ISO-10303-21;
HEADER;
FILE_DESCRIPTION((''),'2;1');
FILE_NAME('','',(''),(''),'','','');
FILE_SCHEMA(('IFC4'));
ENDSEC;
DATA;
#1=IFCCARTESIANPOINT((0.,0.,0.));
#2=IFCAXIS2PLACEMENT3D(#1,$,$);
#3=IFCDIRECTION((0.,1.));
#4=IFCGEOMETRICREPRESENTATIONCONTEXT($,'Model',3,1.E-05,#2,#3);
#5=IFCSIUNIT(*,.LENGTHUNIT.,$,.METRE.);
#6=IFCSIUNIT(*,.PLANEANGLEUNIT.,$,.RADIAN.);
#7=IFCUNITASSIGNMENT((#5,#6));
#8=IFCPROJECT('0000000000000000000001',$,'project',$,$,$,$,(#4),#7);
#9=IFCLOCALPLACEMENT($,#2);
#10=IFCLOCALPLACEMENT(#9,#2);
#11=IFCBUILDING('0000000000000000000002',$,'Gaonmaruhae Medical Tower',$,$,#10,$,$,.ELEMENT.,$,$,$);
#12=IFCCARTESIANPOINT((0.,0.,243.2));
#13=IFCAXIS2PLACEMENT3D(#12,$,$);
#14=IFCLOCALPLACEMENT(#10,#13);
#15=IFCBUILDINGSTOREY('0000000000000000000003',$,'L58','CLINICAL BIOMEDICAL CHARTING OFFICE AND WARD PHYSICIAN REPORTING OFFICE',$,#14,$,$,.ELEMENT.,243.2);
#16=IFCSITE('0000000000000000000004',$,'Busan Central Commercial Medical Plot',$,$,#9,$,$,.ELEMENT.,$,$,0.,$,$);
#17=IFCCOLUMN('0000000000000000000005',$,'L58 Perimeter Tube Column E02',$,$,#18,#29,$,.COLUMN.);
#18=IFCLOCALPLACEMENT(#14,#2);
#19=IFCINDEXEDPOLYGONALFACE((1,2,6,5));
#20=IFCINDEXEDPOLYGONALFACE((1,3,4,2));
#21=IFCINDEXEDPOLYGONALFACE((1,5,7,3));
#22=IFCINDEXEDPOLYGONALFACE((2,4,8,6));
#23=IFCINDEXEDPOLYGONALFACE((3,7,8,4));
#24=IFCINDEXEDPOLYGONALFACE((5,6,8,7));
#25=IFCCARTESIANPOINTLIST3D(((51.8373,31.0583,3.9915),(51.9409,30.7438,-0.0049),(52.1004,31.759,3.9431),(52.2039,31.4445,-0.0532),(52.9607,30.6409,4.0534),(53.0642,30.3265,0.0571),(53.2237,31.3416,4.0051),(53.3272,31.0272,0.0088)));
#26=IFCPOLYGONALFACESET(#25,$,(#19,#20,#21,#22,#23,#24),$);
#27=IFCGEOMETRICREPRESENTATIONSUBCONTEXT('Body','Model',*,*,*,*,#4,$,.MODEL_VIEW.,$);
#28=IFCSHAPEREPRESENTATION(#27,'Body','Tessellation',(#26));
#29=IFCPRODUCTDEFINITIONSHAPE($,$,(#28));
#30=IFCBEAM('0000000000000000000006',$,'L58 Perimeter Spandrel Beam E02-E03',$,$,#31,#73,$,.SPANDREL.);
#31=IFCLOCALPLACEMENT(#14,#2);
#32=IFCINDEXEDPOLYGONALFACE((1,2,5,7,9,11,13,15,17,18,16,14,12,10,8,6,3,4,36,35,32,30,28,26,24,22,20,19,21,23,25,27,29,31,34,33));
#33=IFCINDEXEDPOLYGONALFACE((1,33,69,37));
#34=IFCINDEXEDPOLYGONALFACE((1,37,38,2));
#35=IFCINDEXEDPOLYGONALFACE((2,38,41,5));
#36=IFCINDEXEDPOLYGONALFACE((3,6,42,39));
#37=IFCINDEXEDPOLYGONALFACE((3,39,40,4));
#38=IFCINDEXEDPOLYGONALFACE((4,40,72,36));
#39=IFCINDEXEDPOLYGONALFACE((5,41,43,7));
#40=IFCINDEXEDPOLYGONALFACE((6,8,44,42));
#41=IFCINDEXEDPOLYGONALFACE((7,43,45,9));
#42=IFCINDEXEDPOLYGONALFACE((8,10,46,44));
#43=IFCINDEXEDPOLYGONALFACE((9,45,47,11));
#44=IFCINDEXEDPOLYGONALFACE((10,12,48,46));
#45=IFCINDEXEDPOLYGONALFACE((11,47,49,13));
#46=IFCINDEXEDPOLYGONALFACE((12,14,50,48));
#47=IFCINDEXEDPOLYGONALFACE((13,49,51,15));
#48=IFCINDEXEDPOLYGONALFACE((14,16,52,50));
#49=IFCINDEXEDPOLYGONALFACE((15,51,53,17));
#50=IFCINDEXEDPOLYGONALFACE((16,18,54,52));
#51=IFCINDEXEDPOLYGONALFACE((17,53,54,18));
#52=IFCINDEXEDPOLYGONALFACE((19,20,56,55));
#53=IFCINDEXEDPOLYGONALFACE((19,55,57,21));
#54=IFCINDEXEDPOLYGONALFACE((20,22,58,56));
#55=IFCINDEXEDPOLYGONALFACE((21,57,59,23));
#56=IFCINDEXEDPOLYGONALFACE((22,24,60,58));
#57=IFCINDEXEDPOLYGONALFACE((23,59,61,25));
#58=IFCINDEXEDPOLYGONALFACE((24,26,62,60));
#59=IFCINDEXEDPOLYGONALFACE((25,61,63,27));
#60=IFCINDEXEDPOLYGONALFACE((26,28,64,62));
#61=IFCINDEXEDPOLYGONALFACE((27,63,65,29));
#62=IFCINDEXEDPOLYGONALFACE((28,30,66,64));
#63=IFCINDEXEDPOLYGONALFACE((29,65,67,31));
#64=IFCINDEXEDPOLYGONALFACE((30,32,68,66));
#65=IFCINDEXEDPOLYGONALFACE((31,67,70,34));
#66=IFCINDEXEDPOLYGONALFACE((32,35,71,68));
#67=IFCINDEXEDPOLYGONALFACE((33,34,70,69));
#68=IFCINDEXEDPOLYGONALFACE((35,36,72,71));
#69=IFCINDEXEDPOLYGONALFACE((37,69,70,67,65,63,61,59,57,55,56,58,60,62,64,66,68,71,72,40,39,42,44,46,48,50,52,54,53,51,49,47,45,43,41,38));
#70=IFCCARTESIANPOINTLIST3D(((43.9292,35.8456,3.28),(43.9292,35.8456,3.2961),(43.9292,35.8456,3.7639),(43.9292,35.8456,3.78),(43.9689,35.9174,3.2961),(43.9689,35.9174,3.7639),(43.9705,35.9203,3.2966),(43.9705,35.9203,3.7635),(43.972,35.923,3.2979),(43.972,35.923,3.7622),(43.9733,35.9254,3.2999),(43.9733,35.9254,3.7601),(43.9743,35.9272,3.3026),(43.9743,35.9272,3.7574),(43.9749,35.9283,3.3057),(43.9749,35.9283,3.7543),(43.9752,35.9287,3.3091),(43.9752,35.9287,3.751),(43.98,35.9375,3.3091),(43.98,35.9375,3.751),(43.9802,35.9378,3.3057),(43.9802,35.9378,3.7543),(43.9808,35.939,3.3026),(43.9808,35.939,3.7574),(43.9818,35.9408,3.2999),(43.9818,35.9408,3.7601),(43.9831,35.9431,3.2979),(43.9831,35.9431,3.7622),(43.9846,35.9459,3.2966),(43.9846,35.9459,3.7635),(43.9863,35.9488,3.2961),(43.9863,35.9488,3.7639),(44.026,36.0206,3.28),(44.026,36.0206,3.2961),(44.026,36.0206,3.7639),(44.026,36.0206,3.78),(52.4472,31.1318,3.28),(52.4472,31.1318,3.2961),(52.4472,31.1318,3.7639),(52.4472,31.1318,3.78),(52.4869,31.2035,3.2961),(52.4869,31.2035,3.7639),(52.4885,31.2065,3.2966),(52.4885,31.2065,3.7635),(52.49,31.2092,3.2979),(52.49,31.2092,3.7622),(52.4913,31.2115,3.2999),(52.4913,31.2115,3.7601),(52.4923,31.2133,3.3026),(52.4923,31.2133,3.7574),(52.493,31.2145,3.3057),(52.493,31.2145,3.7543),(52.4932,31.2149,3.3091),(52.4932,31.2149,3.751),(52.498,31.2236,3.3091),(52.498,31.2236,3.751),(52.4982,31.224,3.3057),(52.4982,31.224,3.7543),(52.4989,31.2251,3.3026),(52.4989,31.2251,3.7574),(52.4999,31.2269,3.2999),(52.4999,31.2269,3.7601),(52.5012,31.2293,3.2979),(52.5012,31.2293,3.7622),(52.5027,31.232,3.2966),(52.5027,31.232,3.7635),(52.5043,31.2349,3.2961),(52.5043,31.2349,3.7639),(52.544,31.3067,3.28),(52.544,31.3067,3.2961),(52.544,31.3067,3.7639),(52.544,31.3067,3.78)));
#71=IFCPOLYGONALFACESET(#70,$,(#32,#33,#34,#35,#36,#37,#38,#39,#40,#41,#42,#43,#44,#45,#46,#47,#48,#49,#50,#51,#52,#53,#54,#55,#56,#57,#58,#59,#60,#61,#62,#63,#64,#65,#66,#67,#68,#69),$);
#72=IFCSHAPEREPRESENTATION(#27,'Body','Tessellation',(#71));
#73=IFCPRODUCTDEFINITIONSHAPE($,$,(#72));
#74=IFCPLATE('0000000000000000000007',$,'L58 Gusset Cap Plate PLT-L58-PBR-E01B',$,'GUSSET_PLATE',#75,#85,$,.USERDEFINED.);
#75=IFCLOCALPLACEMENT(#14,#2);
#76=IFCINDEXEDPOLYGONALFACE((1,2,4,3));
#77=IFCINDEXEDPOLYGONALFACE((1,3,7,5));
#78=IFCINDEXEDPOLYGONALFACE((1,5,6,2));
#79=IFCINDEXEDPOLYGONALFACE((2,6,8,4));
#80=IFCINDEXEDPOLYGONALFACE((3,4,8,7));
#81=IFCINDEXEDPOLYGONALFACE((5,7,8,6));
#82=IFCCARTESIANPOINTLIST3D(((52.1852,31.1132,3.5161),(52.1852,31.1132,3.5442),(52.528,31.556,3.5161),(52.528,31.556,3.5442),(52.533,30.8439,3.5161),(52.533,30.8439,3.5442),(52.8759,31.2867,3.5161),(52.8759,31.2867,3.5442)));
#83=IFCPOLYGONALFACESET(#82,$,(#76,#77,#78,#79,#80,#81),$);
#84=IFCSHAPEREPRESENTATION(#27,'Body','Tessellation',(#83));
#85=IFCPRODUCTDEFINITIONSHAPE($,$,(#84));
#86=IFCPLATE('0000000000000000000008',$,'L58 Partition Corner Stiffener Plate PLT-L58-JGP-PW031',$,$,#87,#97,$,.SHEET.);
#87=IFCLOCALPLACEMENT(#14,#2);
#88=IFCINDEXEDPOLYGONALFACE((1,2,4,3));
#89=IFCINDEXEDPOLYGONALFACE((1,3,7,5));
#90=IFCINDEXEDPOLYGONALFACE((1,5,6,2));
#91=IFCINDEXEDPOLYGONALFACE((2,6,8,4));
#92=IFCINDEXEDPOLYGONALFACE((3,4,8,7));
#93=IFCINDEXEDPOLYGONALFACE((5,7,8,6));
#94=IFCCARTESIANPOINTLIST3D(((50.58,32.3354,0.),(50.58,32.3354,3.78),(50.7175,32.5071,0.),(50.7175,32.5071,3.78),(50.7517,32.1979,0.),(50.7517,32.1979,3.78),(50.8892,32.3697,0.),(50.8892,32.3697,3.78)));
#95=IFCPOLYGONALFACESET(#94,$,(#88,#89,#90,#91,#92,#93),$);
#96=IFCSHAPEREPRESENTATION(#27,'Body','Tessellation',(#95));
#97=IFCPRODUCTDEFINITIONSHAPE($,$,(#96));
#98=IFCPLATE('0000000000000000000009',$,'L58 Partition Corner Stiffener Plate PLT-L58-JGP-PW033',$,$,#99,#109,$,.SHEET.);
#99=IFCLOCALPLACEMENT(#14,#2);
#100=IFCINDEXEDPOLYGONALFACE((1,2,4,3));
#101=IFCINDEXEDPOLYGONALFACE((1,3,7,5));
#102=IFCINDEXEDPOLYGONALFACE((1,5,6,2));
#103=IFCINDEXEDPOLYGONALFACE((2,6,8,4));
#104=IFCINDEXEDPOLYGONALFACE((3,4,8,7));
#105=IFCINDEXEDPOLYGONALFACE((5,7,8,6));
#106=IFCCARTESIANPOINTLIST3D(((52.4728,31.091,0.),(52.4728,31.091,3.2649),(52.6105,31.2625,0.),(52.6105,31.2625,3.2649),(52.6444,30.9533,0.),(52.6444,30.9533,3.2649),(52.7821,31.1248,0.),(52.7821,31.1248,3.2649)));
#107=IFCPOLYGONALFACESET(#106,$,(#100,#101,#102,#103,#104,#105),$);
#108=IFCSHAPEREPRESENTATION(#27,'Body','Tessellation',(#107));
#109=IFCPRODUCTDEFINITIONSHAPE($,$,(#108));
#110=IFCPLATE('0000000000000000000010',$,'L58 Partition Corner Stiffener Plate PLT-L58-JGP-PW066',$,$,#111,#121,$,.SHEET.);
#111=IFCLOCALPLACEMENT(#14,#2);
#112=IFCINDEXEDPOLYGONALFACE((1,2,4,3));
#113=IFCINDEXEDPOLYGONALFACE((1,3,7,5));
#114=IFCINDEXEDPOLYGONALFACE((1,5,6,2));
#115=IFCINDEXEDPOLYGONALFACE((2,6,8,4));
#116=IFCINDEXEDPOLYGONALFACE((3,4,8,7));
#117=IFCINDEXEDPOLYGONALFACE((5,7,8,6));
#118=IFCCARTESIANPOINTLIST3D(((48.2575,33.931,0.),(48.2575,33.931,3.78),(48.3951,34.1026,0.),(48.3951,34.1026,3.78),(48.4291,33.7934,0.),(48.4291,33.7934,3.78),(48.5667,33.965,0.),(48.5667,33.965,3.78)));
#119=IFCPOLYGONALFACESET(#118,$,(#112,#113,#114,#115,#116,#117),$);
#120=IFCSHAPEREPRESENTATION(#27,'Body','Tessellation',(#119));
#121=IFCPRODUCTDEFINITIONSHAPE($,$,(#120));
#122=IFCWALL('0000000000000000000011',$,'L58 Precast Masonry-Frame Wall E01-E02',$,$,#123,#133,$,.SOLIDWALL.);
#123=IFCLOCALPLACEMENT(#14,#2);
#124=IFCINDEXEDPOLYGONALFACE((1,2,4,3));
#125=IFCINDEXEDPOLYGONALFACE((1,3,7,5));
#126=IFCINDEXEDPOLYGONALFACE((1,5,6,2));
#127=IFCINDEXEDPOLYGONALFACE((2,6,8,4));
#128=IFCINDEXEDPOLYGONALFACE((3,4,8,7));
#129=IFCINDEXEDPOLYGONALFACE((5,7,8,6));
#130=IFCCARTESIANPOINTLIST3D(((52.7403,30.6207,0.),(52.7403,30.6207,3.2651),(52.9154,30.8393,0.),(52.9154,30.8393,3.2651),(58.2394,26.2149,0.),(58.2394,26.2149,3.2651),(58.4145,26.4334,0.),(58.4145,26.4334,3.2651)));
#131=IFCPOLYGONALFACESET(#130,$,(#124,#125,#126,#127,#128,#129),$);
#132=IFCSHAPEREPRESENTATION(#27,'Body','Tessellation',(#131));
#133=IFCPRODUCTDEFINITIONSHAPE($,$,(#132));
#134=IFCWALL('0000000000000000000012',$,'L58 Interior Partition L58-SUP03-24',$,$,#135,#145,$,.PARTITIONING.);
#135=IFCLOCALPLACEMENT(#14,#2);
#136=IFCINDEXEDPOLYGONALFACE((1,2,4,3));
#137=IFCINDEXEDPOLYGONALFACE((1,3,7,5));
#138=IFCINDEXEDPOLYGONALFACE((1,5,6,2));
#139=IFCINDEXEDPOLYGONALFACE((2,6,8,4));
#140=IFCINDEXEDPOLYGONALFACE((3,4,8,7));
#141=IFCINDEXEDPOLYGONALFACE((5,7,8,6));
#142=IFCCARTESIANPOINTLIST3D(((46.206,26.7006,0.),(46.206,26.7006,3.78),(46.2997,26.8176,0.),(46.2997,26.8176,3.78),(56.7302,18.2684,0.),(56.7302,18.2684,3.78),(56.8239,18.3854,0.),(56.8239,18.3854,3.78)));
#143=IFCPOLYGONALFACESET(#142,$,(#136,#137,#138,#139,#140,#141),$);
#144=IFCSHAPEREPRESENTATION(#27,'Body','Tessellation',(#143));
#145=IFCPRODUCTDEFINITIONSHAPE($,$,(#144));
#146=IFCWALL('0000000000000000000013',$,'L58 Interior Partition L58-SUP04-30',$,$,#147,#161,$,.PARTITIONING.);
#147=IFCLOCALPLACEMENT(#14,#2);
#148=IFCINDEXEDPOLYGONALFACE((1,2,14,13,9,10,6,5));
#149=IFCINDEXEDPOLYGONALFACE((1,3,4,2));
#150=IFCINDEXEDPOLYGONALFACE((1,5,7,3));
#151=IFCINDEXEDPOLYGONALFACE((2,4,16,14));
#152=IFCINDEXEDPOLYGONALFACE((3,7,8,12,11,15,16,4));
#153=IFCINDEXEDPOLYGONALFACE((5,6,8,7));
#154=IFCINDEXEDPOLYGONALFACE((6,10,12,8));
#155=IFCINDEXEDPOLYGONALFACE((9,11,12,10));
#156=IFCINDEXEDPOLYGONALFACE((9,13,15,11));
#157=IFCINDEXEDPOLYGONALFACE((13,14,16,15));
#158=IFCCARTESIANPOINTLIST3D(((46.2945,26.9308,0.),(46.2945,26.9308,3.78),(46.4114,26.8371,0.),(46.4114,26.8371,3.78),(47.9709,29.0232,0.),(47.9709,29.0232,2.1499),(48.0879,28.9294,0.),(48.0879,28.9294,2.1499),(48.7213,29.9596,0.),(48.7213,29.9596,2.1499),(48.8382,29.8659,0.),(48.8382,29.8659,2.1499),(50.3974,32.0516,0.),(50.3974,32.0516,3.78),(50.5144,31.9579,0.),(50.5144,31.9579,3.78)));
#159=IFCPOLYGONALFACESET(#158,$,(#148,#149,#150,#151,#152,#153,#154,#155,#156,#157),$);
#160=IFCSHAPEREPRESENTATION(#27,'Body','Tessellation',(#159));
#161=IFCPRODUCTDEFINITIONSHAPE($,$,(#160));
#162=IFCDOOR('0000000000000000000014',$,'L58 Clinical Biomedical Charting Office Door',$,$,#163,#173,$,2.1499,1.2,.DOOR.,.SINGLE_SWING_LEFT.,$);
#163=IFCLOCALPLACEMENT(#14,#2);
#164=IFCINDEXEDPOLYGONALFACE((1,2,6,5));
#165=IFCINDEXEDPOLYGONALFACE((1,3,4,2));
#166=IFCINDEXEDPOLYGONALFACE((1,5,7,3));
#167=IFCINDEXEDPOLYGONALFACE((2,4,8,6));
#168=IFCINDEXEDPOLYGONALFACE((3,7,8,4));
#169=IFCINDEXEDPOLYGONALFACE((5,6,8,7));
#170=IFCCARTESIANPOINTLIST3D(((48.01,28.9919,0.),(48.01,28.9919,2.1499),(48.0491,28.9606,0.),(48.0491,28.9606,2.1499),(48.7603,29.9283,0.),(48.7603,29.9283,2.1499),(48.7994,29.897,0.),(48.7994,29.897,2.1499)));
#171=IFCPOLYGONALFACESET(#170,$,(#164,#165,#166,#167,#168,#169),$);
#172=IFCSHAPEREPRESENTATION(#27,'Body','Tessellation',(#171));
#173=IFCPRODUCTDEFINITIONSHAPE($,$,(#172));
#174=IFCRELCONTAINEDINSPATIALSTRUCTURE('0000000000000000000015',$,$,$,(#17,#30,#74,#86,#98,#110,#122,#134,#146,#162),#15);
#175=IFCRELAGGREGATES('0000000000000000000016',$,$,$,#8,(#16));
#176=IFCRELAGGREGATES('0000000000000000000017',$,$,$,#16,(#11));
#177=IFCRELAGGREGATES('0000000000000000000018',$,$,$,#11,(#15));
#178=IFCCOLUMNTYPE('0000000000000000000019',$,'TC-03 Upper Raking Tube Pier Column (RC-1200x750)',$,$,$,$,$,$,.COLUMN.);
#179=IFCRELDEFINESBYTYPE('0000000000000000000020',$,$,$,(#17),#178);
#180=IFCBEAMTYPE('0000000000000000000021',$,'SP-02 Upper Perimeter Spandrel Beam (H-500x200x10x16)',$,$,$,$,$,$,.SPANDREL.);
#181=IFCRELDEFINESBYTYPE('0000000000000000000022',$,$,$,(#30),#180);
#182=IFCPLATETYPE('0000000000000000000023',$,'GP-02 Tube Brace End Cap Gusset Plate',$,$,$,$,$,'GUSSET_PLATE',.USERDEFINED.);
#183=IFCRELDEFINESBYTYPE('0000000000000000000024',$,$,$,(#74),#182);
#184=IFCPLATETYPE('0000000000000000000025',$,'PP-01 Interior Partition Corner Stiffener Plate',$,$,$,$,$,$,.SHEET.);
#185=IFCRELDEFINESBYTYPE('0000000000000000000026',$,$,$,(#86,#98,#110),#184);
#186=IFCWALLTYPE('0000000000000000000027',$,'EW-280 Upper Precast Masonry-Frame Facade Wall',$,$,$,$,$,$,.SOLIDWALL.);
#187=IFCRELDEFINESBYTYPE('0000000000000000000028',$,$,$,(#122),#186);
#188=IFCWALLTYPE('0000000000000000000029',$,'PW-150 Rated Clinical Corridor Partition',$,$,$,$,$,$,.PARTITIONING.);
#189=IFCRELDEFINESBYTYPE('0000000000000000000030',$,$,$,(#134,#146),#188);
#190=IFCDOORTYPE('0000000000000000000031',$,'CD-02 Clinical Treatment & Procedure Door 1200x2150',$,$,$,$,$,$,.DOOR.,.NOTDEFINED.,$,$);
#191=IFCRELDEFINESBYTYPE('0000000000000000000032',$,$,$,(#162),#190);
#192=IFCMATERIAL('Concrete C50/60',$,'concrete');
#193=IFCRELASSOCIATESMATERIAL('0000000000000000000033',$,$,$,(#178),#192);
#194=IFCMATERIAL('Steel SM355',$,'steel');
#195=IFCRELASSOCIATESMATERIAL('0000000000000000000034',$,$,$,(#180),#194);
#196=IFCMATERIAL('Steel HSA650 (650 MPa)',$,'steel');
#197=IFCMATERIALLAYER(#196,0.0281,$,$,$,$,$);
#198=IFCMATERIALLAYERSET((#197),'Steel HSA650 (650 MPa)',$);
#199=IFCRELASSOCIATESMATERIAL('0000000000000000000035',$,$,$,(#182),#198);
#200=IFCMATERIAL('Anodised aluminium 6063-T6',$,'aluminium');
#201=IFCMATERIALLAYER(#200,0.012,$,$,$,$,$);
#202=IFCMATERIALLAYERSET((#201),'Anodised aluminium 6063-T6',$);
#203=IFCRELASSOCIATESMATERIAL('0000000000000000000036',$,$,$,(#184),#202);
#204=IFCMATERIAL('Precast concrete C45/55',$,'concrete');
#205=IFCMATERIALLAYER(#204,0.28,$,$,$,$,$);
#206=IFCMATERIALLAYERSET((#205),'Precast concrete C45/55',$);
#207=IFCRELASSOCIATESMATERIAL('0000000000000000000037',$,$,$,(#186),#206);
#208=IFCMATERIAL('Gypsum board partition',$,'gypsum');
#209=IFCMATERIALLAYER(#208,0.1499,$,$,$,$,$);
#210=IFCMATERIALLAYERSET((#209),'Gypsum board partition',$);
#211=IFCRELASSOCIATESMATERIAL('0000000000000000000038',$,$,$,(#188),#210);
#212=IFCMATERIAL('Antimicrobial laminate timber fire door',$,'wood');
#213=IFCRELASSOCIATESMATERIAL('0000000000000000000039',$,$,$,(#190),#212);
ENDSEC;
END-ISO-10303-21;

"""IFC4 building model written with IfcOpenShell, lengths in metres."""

from ifc_helpers import new_model, si_unit, direction, frame, frame_2d, origin, origin_2d, place, context, subcontext, project, spatial, rectangle, i_section, extrude, material, layer, layer_set, material_profile, profile_set, type_object, element, fill, save


model = new_model("IFC4")

# Units and contexts
model_context = context("Model", 3, precision=1e-05, world=origin(), true_north=direction((0.0, 1.0)))
body_context = subcontext(model_context, "Body", "Model", "MODEL_VIEW")
ifc_project = project(units=[si_unit("LENGTHUNIT", "METRE"), si_unit("PLANEANGLEUNIT", "RADIAN")], contexts=[model_context])

# Site, building, storey
site_placement = place(None, origin())
site = spatial("IfcSite", under=ifc_project, at=site_placement, Name="Busan Central Commercial Medical Plot", CompositionType="ELEMENT", RefElevation=0.0)
building_placement = place(site_placement, origin())
building = spatial("IfcBuilding", under=site, at=building_placement, Name="Gaonmaruhae Medical Tower", CompositionType="ELEMENT")
storey_placement = place(building_placement, frame((0.0, 0.0, 243.2)))
storey = spatial("IfcBuildingStorey", under=building, at=storey_placement, Name="L58", Description="CLINICAL BIOMEDICAL CHARTING OFFICE AND WARD PHYSICIAN REPORTING OFFICE", CompositionType="ELEMENT", Elevation=243.2)

# Column
ifc_material_1 = material(Name="Concrete C50/60", Category="concrete")
ifc_material_profile_1 = material_profile(ifc_material_1, rectangle(XDim=1.2, YDim=0.75, at=origin_2d()), Name="RC-1200x750")
ifc_profile_set_1 = profile_set([ifc_material_profile_1], Name="Concrete C50/60")
column_type = type_object("IfcColumnType", Name="TC-03 Upper Raking Tube Pier Column (RC-1200x750)", PredefinedType="COLUMN", material=ifc_profile_set_1)
column_placement = place(storey_placement, frame((52.634, 30.8855, 0.002), z_axis=(-0.025814, 0.078417, 0.996586), x_axis=(0.936134, -0.347834, 0.051618)))
element("IfcColumn", 1, at=column_placement, inside=storey, type_object=column_type, Name="L58 Perimeter Tube Column E02", PredefinedType="COLUMN", context=body_context, shape_type="SweptSolid", body=[
    extrude(rectangle(XDim=1.2, YDim=0.75, at=origin_2d()), origin(), (0.0, 0.0, 1.0), 4.01),
])

# Beam
ifc_material_2 = material(Name="Steel SM355", Category="steel")
ifc_material_profile_2 = material_profile(ifc_material_2, i_section(OverallWidth=0.2, OverallDepth=0.5, WebThickness=0.01, FlangeThickness=0.0161, FilletRadius=0.0129, at=origin_2d()), Name="H-500x200x10x16")
ifc_profile_set_2 = profile_set([ifc_material_profile_2], Name="Steel SM355")
beam_type = type_object("IfcBeamType", Name="SP-02 Upper Perimeter Spandrel Beam (H-500x200x10x16)", PredefinedType="SPANDREL", material=ifc_profile_set_2)
beam_placement = place(storey_placement, frame((52.4956, 31.2192, 3.53), z_axis=(-0.874958, 0.484199, 0.0), x_axis=(-0.484199, -0.874958, 0.0)))
element("IfcBeam", 2, at=beam_placement, inside=storey, type_object=beam_type, Name="L58 Perimeter Spandrel Beam E02-E03", PredefinedType="SPANDREL", context=body_context, shape_type="SweptSolid", body=[
    extrude(i_section(OverallWidth=0.2, OverallDepth=0.5, WebThickness=0.01, FlangeThickness=0.0161, FilletRadius=0.0129, at=origin_2d()), origin(), (0.0, 0.0, 1.0), 9.7354),
])

# Plates
ifc_material_3 = material(Name="Steel HSA650 (650 MPa)", Category="steel")
ifc_layer_1 = layer(ifc_material_3, 0.0281)
ifc_layer_set_1 = layer_set([ifc_layer_1], Name="Steel HSA650 (650 MPa)")
plate_type_1 = type_object("IfcPlateType", Name="GP-02 Tube Brace End Cap Gusset Plate", ElementType="GUSSET_PLATE", PredefinedType="USERDEFINED", material=ifc_layer_set_1)
plate_1_placement = place(storey_placement, frame((52.5305, 31.2, 3.5161), z_axis=(0.0, 0.0, 1.0), x_axis=(0.612217, 0.79069, 0.0)))
element("IfcPlate", 3, at=plate_1_placement, inside=storey, type_object=plate_type_1, Name="L58 Gusset Cap Plate PLT-L58-PBR-E01B", ObjectType="GUSSET_PLATE", PredefinedType="USERDEFINED", context=body_context, shape_type="SweptSolid", body=[
    extrude(rectangle(XDim=0.5601, YDim=0.4399, at=origin_2d()), origin(), (0.0, 0.0, 1.0), 0.0281),
])
ifc_material_4 = material(Name="Anodised aluminium 6063-T6", Category="aluminium")
ifc_layer_2 = layer(ifc_material_4, 0.012)
ifc_layer_set_2 = layer_set([ifc_layer_2], Name="Anodised aluminium 6063-T6")
plate_type_2 = type_object("IfcPlateType", Name="PP-01 Interior Partition Corner Stiffener Plate", PredefinedType="SHEET", material=ifc_layer_set_2)
plate_2_placement = place(storey_placement, frame((50.7346, 32.3525, 0.0), z_axis=(0.0, 0.0, 1.0), x_axis=(0.624984, 0.780638, 0.0)))
element("IfcPlate", 4, at=plate_2_placement, inside=storey, type_object=plate_type_2, Name="L58 Partition Corner Stiffener Plate PLT-L58-JGP-PW031", PredefinedType="SHEET", context=body_context, shape_type="SweptSolid", body=[
    extrude(rectangle(XDim=0.22, YDim=0.22, at=origin_2d()), origin(), (0.0, 0.0, 1.0), 3.78),
])
plate_3_placement = place(storey_placement, frame((52.6274, 31.1079, 0.0), z_axis=(0.0, 0.0, 1.0), x_axis=(0.779874, -0.625937, 0.0)))
element("IfcPlate", 5, at=plate_3_placement, inside=storey, type_object=plate_type_2, Name="L58 Partition Corner Stiffener Plate PLT-L58-JGP-PW033", PredefinedType="SHEET", context=body_context, shape_type="SweptSolid", body=[
    extrude(rectangle(XDim=0.22, YDim=0.22, at=origin_2d()), origin(), (0.0, 0.0, 1.0), 3.2649),
])
plate_4_placement = place(storey_placement, frame((48.4121, 33.948, 0.0), z_axis=(0.0, 0.0, 1.0), x_axis=(-0.625529, -0.780201, 0.0)))
element("IfcPlate", 6, at=plate_4_placement, inside=storey, type_object=plate_type_2, Name="L58 Partition Corner Stiffener Plate PLT-L58-JGP-PW066", PredefinedType="SHEET", context=body_context, shape_type="SweptSolid", body=[
    extrude(rectangle(XDim=0.22, YDim=0.22, at=origin_2d()), origin(), (0.0, 0.0, 1.0), 3.78),
])

# Walls
ifc_material_5 = material(Name="Precast concrete C45/55", Category="concrete")
ifc_layer_3 = layer(ifc_material_5, 0.28)
ifc_layer_set_3 = layer_set([ifc_layer_3], Name="Precast concrete C45/55")
wall_type_1 = type_object("IfcWallType", Name="EW-280 Upper Precast Masonry-Frame Facade Wall", PredefinedType="SOLIDWALL", material=ifc_layer_set_3)
wall_1_placement = place(storey_placement, frame((52.8279, 30.73, 0.0), z_axis=(0.0, 0.0, 1.0), x_axis=(0.780416, -0.625261, 0.0)))
element("IfcWall", 7, at=wall_1_placement, inside=storey, type_object=wall_type_1, Name="L58 Precast Masonry-Frame Wall E01-E02", PredefinedType="SOLIDWALL", context=body_context, shape_type="SweptSolid", body=[
    extrude(rectangle(XDim=7.0464, YDim=0.28, at=frame_2d((3.5232, 0.0))), origin(), (0.0, 0.0, 1.0), 3.2651),
])
ifc_material_6 = material(Name="Gypsum board partition", Category="gypsum")
ifc_layer_4 = layer(ifc_material_6, 0.1499)
ifc_layer_set_4 = layer_set([ifc_layer_4], Name="Gypsum board partition")
wall_type_2 = type_object("IfcWallType", Name="PW-150 Rated Clinical Corridor Partition", PredefinedType="PARTITIONING", material=ifc_layer_set_4)
wall_2_placement = place(storey_placement, frame((46.2529, 26.759, 0.0), z_axis=(0.0, 0.0, 1.0), x_axis=(0.780406, -0.625273, 0.0)))
element("IfcWall", 8, at=wall_2_placement, inside=storey, type_object=wall_type_2, Name="L58 Interior Partition L58-SUP03-24", PredefinedType="PARTITIONING", context=body_context, shape_type="SweptSolid", body=[
    extrude(rectangle(XDim=13.4856, YDim=0.1499, at=frame_2d((6.7427, 0.0))), origin(), (0.0, 0.0, 1.0), 3.78),
])

# Wall, opening, door
wall_3_placement = place(storey_placement, frame((46.353, 26.884, 0.0), z_axis=(0.0, 0.0, 1.0), x_axis=(0.625285, 0.780397, 0.0)))
wall_3 = element("IfcWall", 9, at=wall_3_placement, inside=storey, type_object=wall_type_2, Name="L58 Interior Partition L58-SUP04-30", PredefinedType="PARTITIONING", context=body_context, shape_type="SweptSolid", body=[
    extrude(rectangle(XDim=6.5618, YDim=0.1499, at=frame_2d((3.2808, 0.0))), origin(), (0.0, 0.0, 1.0), 3.78),
])
opening_1_placement = place(wall_3_placement, frame((2.6809, 0.0, 0.0)))
opening_1 = element("IfcOpeningElement", 10, at=opening_1_placement, cuts=wall_3, PredefinedType="OPENING", context=body_context, shape_type="SweptSolid", body=[
    extrude(rectangle(XDim=1.2, YDim=2.1499, at=frame_2d((0.6001, 1.075))), frame((0.0, 0.085, 0.0), z_axis=(0.0, -1.0, 0.0), x_axis=(1.0, 0.0, 0.0)), (0.0, 0.0, 1.0), 0.1699),
])
ifc_material_7 = material(Name="Antimicrobial laminate timber fire door", Category="wood")
door_type = type_object("IfcDoorType", Name="CD-02 Clinical Treatment & Procedure Door 1200x2150", OperationType="NOTDEFINED", PredefinedType="DOOR", material=ifc_material_7)
door_1_placement = place(opening_1_placement, origin())
door_1 = element("IfcDoor", 11, at=door_1_placement, inside=storey, type_object=door_type, Name="L58 Clinical Biomedical Charting Office Door", OperationType="SINGLE_SWING_LEFT", OverallHeight=2.1499, OverallWidth=1.2, PredefinedType="DOOR", context=body_context, shape_type="SweptSolid", body=[
    extrude(rectangle(XDim=1.2, YDim=2.1499, at=frame_2d((0.6001, 1.075))), frame((0.0, 0.0249, 0.0), z_axis=(0.0, -1.0, 0.0), x_axis=(1.0, 0.0, 0.0)), (0.0, 0.0, 1.0), 0.05),
])
fill(opening_1, door_1)

save(model, "model.ifc")
